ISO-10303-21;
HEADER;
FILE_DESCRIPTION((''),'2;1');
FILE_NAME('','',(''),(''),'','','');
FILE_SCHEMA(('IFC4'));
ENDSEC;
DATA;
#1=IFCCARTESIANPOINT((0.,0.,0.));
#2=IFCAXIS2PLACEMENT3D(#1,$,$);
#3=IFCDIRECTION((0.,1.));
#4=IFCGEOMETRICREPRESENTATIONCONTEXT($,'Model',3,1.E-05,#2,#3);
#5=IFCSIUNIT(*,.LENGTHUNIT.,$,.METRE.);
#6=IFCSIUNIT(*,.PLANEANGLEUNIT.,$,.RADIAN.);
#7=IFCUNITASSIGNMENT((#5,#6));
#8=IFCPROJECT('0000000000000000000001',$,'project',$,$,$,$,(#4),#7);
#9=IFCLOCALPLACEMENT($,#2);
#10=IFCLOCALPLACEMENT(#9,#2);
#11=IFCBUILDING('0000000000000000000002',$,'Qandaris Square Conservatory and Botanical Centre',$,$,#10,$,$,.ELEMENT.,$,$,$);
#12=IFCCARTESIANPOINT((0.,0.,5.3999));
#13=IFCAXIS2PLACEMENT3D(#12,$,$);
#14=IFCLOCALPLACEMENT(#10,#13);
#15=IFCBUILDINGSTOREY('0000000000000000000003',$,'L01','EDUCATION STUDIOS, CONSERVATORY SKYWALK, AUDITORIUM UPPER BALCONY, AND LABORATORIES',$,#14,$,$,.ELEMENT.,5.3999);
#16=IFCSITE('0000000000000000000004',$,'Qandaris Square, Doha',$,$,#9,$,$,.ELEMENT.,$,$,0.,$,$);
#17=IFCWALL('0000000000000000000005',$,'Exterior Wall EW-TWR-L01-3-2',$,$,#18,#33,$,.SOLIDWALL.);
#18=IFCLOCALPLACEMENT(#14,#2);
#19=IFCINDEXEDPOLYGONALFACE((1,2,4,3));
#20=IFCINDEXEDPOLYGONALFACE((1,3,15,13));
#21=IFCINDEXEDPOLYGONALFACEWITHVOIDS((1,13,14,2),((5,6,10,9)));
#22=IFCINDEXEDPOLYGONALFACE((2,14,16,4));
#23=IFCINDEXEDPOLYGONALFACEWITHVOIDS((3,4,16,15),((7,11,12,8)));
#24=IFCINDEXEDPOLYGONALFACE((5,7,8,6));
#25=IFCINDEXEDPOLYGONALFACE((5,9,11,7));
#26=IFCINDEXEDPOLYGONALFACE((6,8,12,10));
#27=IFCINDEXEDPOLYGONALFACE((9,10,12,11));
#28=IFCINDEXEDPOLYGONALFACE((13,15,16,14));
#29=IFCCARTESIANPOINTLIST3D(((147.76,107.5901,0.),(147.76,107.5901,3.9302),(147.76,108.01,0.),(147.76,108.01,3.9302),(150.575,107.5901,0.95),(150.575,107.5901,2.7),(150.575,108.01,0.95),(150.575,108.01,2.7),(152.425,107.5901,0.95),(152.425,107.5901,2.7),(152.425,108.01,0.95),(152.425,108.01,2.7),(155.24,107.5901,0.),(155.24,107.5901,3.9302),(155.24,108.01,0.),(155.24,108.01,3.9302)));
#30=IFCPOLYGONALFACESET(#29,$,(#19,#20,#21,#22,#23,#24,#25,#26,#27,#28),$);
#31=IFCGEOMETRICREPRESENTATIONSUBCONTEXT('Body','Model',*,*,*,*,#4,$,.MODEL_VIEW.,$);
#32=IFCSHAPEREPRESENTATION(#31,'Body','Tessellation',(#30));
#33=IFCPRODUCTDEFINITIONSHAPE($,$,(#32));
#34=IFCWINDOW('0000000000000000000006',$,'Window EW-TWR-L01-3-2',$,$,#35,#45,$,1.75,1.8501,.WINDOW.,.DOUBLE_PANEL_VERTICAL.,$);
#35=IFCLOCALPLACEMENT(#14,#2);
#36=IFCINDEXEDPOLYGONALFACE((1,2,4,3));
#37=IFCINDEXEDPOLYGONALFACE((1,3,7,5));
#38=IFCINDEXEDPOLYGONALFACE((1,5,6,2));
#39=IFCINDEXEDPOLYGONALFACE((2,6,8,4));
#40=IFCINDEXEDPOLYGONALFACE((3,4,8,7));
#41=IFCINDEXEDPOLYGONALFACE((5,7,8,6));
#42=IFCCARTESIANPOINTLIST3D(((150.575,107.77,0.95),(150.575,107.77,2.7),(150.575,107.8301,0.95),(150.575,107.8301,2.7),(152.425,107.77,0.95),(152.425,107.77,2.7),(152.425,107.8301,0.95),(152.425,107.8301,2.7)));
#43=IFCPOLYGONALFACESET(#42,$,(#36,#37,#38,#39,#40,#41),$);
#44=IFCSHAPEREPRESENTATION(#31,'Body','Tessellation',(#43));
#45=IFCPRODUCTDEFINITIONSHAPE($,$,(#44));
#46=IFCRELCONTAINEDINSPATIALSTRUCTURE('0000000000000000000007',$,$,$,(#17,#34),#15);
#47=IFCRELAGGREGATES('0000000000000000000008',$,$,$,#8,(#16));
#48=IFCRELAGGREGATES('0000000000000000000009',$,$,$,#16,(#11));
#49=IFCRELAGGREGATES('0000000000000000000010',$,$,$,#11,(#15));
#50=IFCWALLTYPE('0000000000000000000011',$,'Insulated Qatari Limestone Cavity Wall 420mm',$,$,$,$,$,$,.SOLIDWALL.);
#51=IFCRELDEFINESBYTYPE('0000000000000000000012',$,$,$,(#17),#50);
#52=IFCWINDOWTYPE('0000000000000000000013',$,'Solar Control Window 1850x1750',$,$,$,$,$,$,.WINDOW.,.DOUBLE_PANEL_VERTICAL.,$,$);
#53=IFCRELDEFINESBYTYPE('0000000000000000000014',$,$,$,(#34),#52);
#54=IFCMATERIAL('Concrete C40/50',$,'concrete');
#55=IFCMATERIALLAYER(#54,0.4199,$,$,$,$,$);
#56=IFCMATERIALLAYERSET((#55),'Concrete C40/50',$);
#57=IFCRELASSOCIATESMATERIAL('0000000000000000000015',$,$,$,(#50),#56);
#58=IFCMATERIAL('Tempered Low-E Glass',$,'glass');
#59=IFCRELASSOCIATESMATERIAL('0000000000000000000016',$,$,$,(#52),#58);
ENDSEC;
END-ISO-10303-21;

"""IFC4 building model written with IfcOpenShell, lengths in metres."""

from ifc_helpers import new_model, si_unit, direction, frame, frame_2d, origin, place, context, subcontext, project, spatial, rectangle, extrude, material, layer, layer_set, type_object, element, fill, save


model = new_model("IFC4")

# Units and contexts
model_context = context("Model", 3, precision=1e-05, world=origin(), true_north=direction((0.0, 1.0)))
body_context = subcontext(model_context, "Body", "Model", "MODEL_VIEW")
ifc_project = project(units=[si_unit("LENGTHUNIT", "METRE"), si_unit("PLANEANGLEUNIT", "RADIAN")], contexts=[model_context])

# Site, building, storey
site_placement = place(None, origin())
site = spatial("IfcSite", under=ifc_project, at=site_placement, Name="Qandaris Square, Doha", CompositionType="ELEMENT", RefElevation=0.0)
building_placement = place(site_placement, origin())
building = spatial("IfcBuilding", under=site, at=building_placement, Name="Qandaris Square Conservatory and Botanical Centre", CompositionType="ELEMENT")
storey_placement = place(building_placement, frame((0.0, 0.0, 5.3999)))
storey = spatial("IfcBuildingStorey", under=building, at=storey_placement, Name="L01", Description="EDUCATION STUDIOS, CONSERVATORY SKYWALK, AUDITORIUM UPPER BALCONY, AND LABORATORIES", CompositionType="ELEMENT", Elevation=5.3999)

# Shared definitions
ifc_material_1 = material(Name="Concrete C40/50", Category="concrete")

# Shared definitions
ifc_material_2 = material(Name="Tempered Low-E Glass", Category="glass")

# Wall, opening, window
ifc_layer_1 = layer(ifc_material_1, 0.4199)
ifc_layer_set_1 = layer_set([ifc_layer_1], Name="Concrete C40/50")
wall_type_1 = type_object("IfcWallType", Name="Insulated Qatari Limestone Cavity Wall 420mm", PredefinedType="SOLIDWALL", material=ifc_layer_set_1)
wall_1_placement = place(storey_placement, frame((155.24, 107.8, 0.0), z_axis=(0.0, 0.0, 1.0), x_axis=(-1.0, 0.0, 0.0)))
wall_1 = element("IfcWall", 1, at=wall_1_placement, inside=storey, type_object=wall_type_1, Name="Exterior Wall EW-TWR-L01-3-2", PredefinedType="SOLIDWALL", context=body_context, shape_type="SweptSolid", body=[
    extrude(rectangle(XDim=7.48, YDim=0.4199, at=frame_2d((3.74, 0.0))), origin(), (0.0, 0.0, 1.0), 3.9302),
])
opening_1_placement = place(wall_1_placement, frame((2.8149, 0.0, 0.95)))
opening_1 = element("IfcOpeningElement", 2, at=opening_1_placement, cuts=wall_1, PredefinedType="OPENING", context=body_context, shape_type="SweptSolid", body=[
    extrude(rectangle(XDim=1.8501, YDim=1.75, at=frame_2d((0.925, 0.875))), frame((0.0, 0.2219, 0.0), z_axis=(0.0, -1.0, 0.0), x_axis=(1.0, 0.0, 0.0)), (0.0, 0.0, 1.0), 0.4438),
])
window_type = type_object("IfcWindowType", Name="Solar Control Window 1850x1750", PartitioningType="DOUBLE_PANEL_VERTICAL", PredefinedType="WINDOW", material=ifc_material_2)
window_placement = place(opening_1_placement, origin())
window = element("IfcWindow", 3, at=window_placement, inside=storey, type_object=window_type, Name="Window EW-TWR-L01-3-2", OverallHeight=1.75, OverallWidth=1.8501, PartitioningType="DOUBLE_PANEL_VERTICAL", PredefinedType="WINDOW", context=body_context, shape_type="SweptSolid", body=[
    extrude(rectangle(XDim=1.8501, YDim=1.75, at=frame_2d((0.925, 0.875))), frame((0.0, 0.03, 0.0), z_axis=(0.0, -1.0, 0.0), x_axis=(1.0, 0.0, 0.0)), (0.0, 0.0, 1.0), 0.0601),
])
fill(opening_1, window)

save(model, "model.ifc")
